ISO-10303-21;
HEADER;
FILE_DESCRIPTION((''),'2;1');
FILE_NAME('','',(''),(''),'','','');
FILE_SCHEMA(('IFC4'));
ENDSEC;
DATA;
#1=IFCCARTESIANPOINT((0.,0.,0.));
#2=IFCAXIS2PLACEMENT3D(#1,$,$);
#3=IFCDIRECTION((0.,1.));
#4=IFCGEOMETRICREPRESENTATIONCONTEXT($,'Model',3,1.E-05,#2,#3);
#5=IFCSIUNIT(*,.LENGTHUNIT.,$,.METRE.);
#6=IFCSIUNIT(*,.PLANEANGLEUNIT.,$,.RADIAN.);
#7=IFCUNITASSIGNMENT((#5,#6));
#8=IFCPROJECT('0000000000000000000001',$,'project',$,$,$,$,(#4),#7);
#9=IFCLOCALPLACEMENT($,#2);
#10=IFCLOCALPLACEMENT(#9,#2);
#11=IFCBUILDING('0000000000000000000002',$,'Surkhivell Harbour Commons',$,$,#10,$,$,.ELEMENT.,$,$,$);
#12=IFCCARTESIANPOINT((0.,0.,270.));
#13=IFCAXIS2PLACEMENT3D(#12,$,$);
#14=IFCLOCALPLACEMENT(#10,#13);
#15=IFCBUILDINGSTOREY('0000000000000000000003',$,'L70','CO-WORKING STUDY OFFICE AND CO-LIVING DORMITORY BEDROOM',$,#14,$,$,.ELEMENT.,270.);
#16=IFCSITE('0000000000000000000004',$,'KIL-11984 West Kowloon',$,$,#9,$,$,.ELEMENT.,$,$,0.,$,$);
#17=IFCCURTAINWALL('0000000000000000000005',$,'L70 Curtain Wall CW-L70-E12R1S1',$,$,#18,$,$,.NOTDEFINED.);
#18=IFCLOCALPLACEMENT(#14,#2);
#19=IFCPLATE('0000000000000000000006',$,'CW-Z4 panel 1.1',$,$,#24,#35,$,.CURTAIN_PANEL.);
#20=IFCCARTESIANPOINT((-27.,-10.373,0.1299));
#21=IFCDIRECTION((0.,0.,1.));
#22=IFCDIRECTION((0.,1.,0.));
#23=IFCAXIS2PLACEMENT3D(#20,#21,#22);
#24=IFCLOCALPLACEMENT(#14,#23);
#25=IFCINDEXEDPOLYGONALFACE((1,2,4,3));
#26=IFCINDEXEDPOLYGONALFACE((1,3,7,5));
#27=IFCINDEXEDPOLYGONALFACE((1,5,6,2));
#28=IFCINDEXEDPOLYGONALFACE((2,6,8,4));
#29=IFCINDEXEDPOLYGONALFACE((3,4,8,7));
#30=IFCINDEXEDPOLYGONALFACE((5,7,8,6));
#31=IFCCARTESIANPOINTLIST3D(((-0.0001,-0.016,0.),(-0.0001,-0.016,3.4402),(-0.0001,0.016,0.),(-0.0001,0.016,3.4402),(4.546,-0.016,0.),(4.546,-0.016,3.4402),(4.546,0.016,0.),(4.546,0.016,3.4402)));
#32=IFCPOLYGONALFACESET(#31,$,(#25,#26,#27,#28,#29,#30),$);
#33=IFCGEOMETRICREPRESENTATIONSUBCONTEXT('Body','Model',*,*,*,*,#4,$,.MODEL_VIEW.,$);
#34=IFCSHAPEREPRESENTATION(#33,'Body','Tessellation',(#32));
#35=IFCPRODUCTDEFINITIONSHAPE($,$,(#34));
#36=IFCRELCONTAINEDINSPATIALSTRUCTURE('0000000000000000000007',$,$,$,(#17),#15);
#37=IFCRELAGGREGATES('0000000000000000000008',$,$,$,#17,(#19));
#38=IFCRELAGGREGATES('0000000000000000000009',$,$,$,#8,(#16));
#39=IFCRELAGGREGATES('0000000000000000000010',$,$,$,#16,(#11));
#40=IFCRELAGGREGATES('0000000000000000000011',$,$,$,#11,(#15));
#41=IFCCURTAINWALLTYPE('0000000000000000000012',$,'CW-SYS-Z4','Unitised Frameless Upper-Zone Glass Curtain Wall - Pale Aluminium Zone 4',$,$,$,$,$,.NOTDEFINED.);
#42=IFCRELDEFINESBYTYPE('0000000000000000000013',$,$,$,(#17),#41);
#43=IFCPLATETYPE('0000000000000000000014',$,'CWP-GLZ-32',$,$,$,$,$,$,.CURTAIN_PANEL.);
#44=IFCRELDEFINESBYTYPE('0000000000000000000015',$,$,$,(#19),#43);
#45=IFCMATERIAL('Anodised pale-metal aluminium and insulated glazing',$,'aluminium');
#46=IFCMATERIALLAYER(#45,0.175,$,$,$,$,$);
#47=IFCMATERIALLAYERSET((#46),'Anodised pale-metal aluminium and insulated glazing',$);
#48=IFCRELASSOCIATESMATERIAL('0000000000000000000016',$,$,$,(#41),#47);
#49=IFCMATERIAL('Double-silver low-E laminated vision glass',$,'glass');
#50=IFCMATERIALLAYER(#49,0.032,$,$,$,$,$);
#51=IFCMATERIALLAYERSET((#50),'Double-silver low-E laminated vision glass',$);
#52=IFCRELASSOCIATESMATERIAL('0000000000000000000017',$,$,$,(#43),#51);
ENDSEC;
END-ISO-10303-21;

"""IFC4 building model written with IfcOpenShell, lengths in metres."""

from ifc_helpers import new_model, si_unit, direction, frame, frame_2d, origin, place, context, subcontext, project, spatial, rectangle, extrude, material, layer, layer_set, type_object, element, aggregate, save


model = new_model("IFC4")

# Units and contexts
model_context = context("Model", 3, precision=1e-05, world=origin(), true_north=direction((0.0, 1.0)))
body_context = subcontext(model_context, "Body", "Model", "MODEL_VIEW")
ifc_project = project(units=[si_unit("LENGTHUNIT", "METRE"), si_unit("PLANEANGLEUNIT", "RADIAN")], contexts=[model_context])

# Site, building, storey
site_placement = place(None, origin())
site = spatial("IfcSite", under=ifc_project, at=site_placement, Name="KIL-11984 West Kowloon", CompositionType="ELEMENT", RefElevation=0.0)
building_placement = place(site_placement, origin())
building = spatial("IfcBuilding", under=site, at=building_placement, Name="Surkhivell Harbour Commons", CompositionType="ELEMENT")
storey_placement = place(building_placement, frame((0.0, 0.0, 270.0)))
storey = spatial("IfcBuildingStorey", under=building, at=storey_placement, Name="L70", Description="CO-WORKING STUDY OFFICE AND CO-LIVING DORMITORY BEDROOM", CompositionType="ELEMENT", Elevation=270.0)

# Curtain wall
ifc_material_1 = material(Name="Anodised pale-metal aluminium and insulated glazing", Category="aluminium")
ifc_layer_1 = layer(ifc_material_1, 0.175)
ifc_layer_set_1 = layer_set([ifc_layer_1], Name="Anodised pale-metal aluminium and insulated glazing")
curtain_wall_type = type_object("IfcCurtainWallType", Name="CW-SYS-Z4", Description="Unitised Frameless Upper-Zone Glass Curtain Wall - Pale Aluminium Zone 4", PredefinedType="NOTDEFINED", material=ifc_layer_set_1)
curtain_wall_placement = place(storey_placement, origin())
curtain_wall = element("IfcCurtainWall", 1, at=curtain_wall_placement, inside=storey, type_object=curtain_wall_type, Name="L70 Curtain Wall CW-L70-E12R1S1", PredefinedType="NOTDEFINED")

# Plate
ifc_material_2 = material(Name="Double-silver low-E laminated vision glass", Category="glass")
ifc_layer_2 = layer(ifc_material_2, 0.032)
ifc_layer_set_2 = layer_set([ifc_layer_2], Name="Double-silver low-E laminated vision glass")
plate_type_1 = type_object("IfcPlateType", Name="CWP-GLZ-32", PredefinedType="CURTAIN_PANEL", material=ifc_layer_set_2)
plate_1_placement = place(storey_placement, frame((-27.0, -10.373, 0.1299), z_axis=(0.0, 0.0, 1.0), x_axis=(0.0, 1.0, 0.0)))
plate_1 = element("IfcPlate", 2, at=plate_1_placement, type_object=plate_type_1, Name="CW-Z4 panel 1.1", PredefinedType="CURTAIN_PANEL", context=body_context, shape_type="SweptSolid", body=[
    extrude(rectangle(XDim=4.5461, YDim=0.032, at=frame_2d((2.2729, 0.0))), origin(), (0.0, 0.0, 1.0), 3.4402),
])
aggregate(curtain_wall, [plate_1])

save(model, "model.ifc")
